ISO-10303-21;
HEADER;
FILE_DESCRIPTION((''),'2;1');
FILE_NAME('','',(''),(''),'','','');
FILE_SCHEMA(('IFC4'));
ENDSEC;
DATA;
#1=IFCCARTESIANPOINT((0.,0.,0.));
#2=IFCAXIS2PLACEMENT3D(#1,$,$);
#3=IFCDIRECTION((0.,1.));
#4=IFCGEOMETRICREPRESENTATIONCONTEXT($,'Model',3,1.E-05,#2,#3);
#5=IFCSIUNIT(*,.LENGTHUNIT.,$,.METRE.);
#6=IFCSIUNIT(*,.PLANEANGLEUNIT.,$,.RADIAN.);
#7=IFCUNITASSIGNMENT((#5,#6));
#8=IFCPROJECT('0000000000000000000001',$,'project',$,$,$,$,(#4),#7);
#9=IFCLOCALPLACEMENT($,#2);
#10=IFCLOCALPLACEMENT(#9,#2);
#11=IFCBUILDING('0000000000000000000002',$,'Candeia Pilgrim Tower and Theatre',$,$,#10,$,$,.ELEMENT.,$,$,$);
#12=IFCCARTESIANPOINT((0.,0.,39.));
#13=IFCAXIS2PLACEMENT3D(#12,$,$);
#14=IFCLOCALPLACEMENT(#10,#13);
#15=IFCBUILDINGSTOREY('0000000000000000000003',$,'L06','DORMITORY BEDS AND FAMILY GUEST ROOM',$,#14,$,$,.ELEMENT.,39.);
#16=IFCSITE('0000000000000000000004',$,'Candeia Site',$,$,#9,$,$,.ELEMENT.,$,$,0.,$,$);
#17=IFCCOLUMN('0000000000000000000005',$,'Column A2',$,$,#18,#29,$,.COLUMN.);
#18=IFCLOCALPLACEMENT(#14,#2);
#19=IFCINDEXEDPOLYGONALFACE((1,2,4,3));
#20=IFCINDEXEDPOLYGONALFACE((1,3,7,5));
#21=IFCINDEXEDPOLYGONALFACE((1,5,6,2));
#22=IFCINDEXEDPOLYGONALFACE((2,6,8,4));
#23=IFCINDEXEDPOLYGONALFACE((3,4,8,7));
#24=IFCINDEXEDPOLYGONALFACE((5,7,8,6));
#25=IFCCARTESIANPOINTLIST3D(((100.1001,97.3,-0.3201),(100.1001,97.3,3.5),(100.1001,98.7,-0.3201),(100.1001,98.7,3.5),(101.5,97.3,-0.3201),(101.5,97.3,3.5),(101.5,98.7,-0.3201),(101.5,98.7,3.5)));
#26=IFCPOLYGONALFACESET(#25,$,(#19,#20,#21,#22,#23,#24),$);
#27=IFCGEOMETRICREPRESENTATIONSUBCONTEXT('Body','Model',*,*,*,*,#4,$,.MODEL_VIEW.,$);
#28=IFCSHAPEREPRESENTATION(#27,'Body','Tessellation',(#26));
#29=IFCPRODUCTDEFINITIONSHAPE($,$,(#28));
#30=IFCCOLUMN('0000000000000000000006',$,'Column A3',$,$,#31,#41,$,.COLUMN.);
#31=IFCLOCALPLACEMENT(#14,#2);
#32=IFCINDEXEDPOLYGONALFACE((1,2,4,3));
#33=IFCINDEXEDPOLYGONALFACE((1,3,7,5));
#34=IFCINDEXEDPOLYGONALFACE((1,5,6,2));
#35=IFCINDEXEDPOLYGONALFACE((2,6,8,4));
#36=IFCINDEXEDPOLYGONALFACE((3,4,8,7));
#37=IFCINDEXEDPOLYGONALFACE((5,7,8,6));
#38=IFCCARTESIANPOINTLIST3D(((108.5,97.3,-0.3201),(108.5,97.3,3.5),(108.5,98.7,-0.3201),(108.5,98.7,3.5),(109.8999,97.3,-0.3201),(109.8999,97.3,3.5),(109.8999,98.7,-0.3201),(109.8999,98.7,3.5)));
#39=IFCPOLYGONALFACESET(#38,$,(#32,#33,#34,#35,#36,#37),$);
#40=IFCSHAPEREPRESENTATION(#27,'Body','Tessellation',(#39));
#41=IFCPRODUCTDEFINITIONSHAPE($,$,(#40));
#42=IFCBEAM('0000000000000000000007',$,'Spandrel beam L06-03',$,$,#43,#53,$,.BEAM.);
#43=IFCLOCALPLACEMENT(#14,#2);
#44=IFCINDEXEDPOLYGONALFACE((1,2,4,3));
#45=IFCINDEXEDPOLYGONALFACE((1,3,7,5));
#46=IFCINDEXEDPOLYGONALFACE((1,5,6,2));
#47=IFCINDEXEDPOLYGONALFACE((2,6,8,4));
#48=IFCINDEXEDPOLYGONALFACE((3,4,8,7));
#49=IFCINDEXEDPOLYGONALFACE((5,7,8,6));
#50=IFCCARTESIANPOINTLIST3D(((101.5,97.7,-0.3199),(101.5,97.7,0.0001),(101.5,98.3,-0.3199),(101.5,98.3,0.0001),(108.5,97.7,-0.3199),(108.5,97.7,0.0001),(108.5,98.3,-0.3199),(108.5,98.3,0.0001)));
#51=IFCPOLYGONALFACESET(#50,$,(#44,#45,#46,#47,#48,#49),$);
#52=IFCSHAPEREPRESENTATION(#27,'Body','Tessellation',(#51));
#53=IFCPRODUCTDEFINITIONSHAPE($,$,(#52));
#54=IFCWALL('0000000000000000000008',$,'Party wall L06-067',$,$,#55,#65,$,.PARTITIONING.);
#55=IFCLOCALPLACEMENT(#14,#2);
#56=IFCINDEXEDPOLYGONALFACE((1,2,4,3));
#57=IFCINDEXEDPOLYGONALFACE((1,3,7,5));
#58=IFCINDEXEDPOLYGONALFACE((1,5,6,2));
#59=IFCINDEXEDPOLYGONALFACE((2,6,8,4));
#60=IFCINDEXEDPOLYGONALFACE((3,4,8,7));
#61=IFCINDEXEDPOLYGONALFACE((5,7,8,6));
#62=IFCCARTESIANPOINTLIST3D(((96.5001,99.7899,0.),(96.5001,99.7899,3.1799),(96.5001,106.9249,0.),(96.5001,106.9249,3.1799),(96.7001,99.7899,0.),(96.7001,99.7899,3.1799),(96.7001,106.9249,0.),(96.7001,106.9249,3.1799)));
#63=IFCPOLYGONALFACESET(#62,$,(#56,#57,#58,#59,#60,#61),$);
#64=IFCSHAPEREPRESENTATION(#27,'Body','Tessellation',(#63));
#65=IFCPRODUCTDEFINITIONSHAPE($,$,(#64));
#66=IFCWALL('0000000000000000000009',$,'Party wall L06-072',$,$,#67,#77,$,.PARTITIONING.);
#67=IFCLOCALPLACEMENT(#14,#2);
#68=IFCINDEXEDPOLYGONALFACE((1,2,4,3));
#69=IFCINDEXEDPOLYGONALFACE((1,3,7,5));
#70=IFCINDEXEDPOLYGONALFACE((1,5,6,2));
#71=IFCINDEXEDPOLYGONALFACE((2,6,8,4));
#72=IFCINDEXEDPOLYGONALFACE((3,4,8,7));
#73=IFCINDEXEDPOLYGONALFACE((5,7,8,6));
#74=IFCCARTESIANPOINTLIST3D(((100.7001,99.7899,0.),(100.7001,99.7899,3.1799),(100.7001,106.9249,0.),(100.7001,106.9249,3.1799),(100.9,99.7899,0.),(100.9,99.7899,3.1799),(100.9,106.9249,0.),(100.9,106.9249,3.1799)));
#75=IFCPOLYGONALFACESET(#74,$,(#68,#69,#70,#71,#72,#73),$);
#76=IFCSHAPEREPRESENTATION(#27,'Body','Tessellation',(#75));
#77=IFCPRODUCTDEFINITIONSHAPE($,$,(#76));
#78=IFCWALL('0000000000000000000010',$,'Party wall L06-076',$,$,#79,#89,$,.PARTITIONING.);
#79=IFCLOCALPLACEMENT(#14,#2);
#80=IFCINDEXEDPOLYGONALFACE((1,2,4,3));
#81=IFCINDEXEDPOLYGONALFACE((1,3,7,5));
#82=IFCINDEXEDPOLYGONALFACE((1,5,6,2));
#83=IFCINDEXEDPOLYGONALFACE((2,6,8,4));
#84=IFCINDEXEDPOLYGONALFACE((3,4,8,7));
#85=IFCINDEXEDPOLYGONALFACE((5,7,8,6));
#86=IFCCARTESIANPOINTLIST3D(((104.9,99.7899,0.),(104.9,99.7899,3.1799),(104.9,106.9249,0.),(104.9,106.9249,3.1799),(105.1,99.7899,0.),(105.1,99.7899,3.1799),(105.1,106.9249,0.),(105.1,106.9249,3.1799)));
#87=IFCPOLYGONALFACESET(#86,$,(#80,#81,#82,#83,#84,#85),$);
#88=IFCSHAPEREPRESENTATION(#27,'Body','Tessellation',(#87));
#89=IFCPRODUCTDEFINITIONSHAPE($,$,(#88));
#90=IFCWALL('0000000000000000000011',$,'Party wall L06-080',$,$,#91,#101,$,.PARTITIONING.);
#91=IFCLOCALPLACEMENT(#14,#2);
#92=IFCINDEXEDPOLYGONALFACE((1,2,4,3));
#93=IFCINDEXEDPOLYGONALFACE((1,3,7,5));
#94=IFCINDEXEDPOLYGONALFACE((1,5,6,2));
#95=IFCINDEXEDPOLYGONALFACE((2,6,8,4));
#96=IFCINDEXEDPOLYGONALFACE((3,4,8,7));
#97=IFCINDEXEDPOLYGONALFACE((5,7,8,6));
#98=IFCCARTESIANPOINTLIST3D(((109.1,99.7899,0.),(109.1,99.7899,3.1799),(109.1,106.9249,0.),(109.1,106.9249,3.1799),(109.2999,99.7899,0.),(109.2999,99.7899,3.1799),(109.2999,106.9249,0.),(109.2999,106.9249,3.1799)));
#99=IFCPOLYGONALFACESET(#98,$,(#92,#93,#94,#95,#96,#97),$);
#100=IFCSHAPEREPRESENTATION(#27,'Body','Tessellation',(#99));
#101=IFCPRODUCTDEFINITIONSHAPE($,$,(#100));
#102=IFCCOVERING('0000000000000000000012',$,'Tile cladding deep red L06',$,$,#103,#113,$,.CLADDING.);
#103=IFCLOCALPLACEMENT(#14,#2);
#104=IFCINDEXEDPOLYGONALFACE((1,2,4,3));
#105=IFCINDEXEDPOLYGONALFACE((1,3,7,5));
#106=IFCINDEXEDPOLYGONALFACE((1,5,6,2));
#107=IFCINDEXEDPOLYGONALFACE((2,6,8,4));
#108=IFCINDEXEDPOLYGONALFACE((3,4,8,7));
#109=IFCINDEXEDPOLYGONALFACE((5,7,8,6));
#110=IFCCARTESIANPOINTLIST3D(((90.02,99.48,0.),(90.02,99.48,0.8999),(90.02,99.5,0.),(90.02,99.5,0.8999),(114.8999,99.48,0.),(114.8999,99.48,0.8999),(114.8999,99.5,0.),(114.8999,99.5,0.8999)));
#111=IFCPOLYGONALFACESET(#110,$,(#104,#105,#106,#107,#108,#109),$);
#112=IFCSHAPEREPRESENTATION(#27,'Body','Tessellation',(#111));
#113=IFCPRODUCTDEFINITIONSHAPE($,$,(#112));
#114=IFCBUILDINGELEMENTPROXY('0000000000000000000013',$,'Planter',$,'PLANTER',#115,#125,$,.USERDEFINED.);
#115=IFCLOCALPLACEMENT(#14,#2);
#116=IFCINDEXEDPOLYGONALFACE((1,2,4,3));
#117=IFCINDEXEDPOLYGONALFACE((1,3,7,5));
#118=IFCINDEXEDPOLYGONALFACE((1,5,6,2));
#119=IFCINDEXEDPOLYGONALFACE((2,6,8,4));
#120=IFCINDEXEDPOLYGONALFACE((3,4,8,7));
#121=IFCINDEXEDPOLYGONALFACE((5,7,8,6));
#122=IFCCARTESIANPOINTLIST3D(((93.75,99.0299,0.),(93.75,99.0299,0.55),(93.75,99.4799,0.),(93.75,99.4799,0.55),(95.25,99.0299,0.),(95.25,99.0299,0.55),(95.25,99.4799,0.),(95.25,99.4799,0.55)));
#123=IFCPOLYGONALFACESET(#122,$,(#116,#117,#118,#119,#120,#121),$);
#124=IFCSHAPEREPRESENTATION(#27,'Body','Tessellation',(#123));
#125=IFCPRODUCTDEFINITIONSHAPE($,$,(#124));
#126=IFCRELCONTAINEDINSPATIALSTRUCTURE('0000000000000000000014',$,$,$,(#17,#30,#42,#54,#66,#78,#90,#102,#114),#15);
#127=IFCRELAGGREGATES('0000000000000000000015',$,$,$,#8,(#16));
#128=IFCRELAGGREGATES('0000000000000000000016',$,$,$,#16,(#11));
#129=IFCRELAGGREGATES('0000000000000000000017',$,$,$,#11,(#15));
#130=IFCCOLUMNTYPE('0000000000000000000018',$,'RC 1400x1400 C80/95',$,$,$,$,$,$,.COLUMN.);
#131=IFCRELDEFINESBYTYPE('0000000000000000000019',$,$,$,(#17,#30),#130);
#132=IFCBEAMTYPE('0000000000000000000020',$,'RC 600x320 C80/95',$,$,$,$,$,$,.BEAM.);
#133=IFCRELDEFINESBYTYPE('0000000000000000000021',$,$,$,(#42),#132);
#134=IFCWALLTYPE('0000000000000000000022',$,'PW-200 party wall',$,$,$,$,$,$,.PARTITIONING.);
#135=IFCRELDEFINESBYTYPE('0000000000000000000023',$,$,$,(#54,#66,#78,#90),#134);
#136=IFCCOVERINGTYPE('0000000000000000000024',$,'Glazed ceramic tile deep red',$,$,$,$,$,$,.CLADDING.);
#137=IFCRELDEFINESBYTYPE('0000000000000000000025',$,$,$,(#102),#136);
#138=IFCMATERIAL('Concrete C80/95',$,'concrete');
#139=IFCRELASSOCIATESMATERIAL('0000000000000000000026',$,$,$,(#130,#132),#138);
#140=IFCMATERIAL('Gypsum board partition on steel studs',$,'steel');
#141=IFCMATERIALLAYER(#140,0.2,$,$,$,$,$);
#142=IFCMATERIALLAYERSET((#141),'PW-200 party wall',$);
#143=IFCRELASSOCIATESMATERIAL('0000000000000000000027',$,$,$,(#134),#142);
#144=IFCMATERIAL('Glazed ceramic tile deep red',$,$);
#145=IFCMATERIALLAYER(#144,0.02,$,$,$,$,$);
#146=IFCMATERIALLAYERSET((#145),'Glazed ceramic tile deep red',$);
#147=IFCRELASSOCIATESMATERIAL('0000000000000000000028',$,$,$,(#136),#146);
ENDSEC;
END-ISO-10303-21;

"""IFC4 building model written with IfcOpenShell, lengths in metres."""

from ifc_helpers import new_model, si_unit, direction, frame, frame_2d, origin, origin_2d, place, context, subcontext, project, spatial, rectangle, extrude, material, layer, layer_set, material_profile, profile_set, type_object, element, save


model = new_model("IFC4")

# Units and contexts
model_context = context("Model", 3, precision=1e-05, world=origin(), true_north=direction((0.0, 1.0)))
body_context = subcontext(model_context, "Body", "Model", "MODEL_VIEW")
ifc_project = project(units=[si_unit("LENGTHUNIT", "METRE"), si_unit("PLANEANGLEUNIT", "RADIAN")], contexts=[model_context])

# Site, building, storey
site_placement = place(None, origin())
site = spatial("IfcSite", under=ifc_project, at=site_placement, Name="Candeia Site", CompositionType="ELEMENT", RefElevation=0.0)
building_placement = place(site_placement, origin())
building = spatial("IfcBuilding", under=site, at=building_placement, Name="Candeia Pilgrim Tower and Theatre", CompositionType="ELEMENT")
storey_placement = place(building_placement, frame((0.0, 0.0, 39.0)))
storey = spatial("IfcBuildingStorey", under=building, at=storey_placement, Name="L06", Description="DORMITORY BEDS AND FAMILY GUEST ROOM", CompositionType="ELEMENT", Elevation=39.0)

# Columns
ifc_material_1 = material(Name="Concrete C80/95", Category="concrete")
ifc_material_profile_1 = material_profile(ifc_material_1, rectangle(XDim=1.3999, YDim=1.3999, at=origin_2d()))
ifc_profile_set_1 = profile_set([ifc_material_profile_1], Name="Concrete C80/95")
column_type = type_object("IfcColumnType", Name="RC 1400x1400 C80/95", PredefinedType="COLUMN", material=ifc_profile_set_1)
for number, where, z_axis, x_axis, name in (
    (1, (100.8, 98.0, -0.3201), (0.0, 0.0, 1.0), (1.0, 0.0, 0.0), "Column A2"),
    (2, (109.2, 98.0, -0.3201), (0.0, 0.0, 1.0), (1.0, 0.0, 0.0), "Column A3"),
):
    element("IfcColumn", number, at=place(storey_placement, frame(where, z_axis=z_axis, x_axis=x_axis)), inside=storey, type_object=column_type, Name=name, PredefinedType="COLUMN", context=body_context, shape_type="SweptSolid", body=[
        extrude(rectangle(XDim=1.3999, YDim=1.3999, at=origin_2d()), origin(), (0.0, 0.0, 1.0), 3.8201),
    ])

# Beam
ifc_material_profile_2 = material_profile(ifc_material_1, rectangle(XDim=0.6001, YDim=0.3201, at=origin_2d()))
ifc_profile_set_2 = profile_set([ifc_material_profile_2], Name="Concrete C80/95")
beam_type = type_object("IfcBeamType", Name="RC 600x320 C80/95", PredefinedType="BEAM", material=ifc_profile_set_2)
beam_placement = place(storey_placement, frame((101.5, 98.0, -0.1599), z_axis=(1.0, 0.0, 0.0), x_axis=(0.0, 1.0, 0.0)))
element("IfcBeam", 3, at=beam_placement, inside=storey, type_object=beam_type, Name="Spandrel beam L06-03", PredefinedType="BEAM", context=body_context, shape_type="SweptSolid", body=[
    extrude(rectangle(XDim=0.6001, YDim=0.3201, at=origin_2d()), origin(), (0.0, 0.0, 1.0), 7.0),
])

# Walls
ifc_material_2 = material(Name="Gypsum board partition on steel studs", Category="steel")
ifc_layer_1 = layer(ifc_material_2, 0.2)
ifc_layer_set_1 = layer_set([ifc_layer_1], Name="PW-200 party wall")
wall_type = type_object("IfcWallType", Name="PW-200 party wall", PredefinedType="PARTITIONING", material=ifc_layer_set_1)
for number, where, z_axis, x_axis, name in (
    (4, (96.6001, 99.79, 0.0), (0.0, 0.0, 1.0), (0.0, 1.0, 0.0), "Party wall L06-067"),
    (5, (100.8, 99.79, 0.0), (0.0, 0.0, 1.0), (0.0, 1.0, 0.0), "Party wall L06-072"),
    (6, (105.0, 99.79, 0.0), (0.0, 0.0, 1.0), (0.0, 1.0, 0.0), "Party wall L06-076"),
    (7, (109.2, 99.79, 0.0), (0.0, 0.0, 1.0), (0.0, 1.0, 0.0), "Party wall L06-080"),
):
    element("IfcWall", number, at=place(storey_placement, frame(where, z_axis=z_axis, x_axis=x_axis)), inside=storey, type_object=wall_type, Name=name, PredefinedType="PARTITIONING", context=body_context, shape_type="SweptSolid", body=[
        extrude(rectangle(XDim=7.135, YDim=0.2, at=frame_2d((3.5674, 0.0))), origin(), (0.0, 0.0, 1.0), 3.1799),
    ])

# Covering
ifc_material_3 = material(Name="Glazed ceramic tile deep red")
ifc_layer_2 = layer(ifc_material_3, 0.02)
ifc_layer_set_2 = layer_set([ifc_layer_2], Name="Glazed ceramic tile deep red")
covering_type = type_object("IfcCoveringType", Name="Glazed ceramic tile deep red", PredefinedType="CLADDING", material=ifc_layer_set_2)
covering_placement = place(storey_placement, frame((102.46, 99.49, 0.0), z_axis=(0.0, 0.0, 1.0), x_axis=(1.0, 0.0, 0.0)))
element("IfcCovering", 8, at=covering_placement, inside=storey, type_object=covering_type, Name="Tile cladding deep red L06", PredefinedType="CLADDING", context=body_context, shape_type="SweptSolid", body=[
    extrude(rectangle(XDim=24.8799, YDim=0.02, at=origin_2d()), origin(), (0.0, 0.0, 1.0), 0.8999),
])

# Building element proxy
proxy_placement = place(storey_placement, frame((94.5, 99.2549, 0.0), z_axis=(0.0, 0.0, 1.0), x_axis=(1.0, 0.0, 0.0)))
element("IfcBuildingElementProxy", 9, at=proxy_placement, inside=storey, Name="Planter", ObjectType="PLANTER", PredefinedType="USERDEFINED", context=body_context, shape_type="SweptSolid", body=[
    extrude(rectangle(XDim=1.5, YDim=0.45, at=origin_2d()), origin(), (0.0, 0.0, 1.0), 0.55),
])

save(model, "model.ifc")
